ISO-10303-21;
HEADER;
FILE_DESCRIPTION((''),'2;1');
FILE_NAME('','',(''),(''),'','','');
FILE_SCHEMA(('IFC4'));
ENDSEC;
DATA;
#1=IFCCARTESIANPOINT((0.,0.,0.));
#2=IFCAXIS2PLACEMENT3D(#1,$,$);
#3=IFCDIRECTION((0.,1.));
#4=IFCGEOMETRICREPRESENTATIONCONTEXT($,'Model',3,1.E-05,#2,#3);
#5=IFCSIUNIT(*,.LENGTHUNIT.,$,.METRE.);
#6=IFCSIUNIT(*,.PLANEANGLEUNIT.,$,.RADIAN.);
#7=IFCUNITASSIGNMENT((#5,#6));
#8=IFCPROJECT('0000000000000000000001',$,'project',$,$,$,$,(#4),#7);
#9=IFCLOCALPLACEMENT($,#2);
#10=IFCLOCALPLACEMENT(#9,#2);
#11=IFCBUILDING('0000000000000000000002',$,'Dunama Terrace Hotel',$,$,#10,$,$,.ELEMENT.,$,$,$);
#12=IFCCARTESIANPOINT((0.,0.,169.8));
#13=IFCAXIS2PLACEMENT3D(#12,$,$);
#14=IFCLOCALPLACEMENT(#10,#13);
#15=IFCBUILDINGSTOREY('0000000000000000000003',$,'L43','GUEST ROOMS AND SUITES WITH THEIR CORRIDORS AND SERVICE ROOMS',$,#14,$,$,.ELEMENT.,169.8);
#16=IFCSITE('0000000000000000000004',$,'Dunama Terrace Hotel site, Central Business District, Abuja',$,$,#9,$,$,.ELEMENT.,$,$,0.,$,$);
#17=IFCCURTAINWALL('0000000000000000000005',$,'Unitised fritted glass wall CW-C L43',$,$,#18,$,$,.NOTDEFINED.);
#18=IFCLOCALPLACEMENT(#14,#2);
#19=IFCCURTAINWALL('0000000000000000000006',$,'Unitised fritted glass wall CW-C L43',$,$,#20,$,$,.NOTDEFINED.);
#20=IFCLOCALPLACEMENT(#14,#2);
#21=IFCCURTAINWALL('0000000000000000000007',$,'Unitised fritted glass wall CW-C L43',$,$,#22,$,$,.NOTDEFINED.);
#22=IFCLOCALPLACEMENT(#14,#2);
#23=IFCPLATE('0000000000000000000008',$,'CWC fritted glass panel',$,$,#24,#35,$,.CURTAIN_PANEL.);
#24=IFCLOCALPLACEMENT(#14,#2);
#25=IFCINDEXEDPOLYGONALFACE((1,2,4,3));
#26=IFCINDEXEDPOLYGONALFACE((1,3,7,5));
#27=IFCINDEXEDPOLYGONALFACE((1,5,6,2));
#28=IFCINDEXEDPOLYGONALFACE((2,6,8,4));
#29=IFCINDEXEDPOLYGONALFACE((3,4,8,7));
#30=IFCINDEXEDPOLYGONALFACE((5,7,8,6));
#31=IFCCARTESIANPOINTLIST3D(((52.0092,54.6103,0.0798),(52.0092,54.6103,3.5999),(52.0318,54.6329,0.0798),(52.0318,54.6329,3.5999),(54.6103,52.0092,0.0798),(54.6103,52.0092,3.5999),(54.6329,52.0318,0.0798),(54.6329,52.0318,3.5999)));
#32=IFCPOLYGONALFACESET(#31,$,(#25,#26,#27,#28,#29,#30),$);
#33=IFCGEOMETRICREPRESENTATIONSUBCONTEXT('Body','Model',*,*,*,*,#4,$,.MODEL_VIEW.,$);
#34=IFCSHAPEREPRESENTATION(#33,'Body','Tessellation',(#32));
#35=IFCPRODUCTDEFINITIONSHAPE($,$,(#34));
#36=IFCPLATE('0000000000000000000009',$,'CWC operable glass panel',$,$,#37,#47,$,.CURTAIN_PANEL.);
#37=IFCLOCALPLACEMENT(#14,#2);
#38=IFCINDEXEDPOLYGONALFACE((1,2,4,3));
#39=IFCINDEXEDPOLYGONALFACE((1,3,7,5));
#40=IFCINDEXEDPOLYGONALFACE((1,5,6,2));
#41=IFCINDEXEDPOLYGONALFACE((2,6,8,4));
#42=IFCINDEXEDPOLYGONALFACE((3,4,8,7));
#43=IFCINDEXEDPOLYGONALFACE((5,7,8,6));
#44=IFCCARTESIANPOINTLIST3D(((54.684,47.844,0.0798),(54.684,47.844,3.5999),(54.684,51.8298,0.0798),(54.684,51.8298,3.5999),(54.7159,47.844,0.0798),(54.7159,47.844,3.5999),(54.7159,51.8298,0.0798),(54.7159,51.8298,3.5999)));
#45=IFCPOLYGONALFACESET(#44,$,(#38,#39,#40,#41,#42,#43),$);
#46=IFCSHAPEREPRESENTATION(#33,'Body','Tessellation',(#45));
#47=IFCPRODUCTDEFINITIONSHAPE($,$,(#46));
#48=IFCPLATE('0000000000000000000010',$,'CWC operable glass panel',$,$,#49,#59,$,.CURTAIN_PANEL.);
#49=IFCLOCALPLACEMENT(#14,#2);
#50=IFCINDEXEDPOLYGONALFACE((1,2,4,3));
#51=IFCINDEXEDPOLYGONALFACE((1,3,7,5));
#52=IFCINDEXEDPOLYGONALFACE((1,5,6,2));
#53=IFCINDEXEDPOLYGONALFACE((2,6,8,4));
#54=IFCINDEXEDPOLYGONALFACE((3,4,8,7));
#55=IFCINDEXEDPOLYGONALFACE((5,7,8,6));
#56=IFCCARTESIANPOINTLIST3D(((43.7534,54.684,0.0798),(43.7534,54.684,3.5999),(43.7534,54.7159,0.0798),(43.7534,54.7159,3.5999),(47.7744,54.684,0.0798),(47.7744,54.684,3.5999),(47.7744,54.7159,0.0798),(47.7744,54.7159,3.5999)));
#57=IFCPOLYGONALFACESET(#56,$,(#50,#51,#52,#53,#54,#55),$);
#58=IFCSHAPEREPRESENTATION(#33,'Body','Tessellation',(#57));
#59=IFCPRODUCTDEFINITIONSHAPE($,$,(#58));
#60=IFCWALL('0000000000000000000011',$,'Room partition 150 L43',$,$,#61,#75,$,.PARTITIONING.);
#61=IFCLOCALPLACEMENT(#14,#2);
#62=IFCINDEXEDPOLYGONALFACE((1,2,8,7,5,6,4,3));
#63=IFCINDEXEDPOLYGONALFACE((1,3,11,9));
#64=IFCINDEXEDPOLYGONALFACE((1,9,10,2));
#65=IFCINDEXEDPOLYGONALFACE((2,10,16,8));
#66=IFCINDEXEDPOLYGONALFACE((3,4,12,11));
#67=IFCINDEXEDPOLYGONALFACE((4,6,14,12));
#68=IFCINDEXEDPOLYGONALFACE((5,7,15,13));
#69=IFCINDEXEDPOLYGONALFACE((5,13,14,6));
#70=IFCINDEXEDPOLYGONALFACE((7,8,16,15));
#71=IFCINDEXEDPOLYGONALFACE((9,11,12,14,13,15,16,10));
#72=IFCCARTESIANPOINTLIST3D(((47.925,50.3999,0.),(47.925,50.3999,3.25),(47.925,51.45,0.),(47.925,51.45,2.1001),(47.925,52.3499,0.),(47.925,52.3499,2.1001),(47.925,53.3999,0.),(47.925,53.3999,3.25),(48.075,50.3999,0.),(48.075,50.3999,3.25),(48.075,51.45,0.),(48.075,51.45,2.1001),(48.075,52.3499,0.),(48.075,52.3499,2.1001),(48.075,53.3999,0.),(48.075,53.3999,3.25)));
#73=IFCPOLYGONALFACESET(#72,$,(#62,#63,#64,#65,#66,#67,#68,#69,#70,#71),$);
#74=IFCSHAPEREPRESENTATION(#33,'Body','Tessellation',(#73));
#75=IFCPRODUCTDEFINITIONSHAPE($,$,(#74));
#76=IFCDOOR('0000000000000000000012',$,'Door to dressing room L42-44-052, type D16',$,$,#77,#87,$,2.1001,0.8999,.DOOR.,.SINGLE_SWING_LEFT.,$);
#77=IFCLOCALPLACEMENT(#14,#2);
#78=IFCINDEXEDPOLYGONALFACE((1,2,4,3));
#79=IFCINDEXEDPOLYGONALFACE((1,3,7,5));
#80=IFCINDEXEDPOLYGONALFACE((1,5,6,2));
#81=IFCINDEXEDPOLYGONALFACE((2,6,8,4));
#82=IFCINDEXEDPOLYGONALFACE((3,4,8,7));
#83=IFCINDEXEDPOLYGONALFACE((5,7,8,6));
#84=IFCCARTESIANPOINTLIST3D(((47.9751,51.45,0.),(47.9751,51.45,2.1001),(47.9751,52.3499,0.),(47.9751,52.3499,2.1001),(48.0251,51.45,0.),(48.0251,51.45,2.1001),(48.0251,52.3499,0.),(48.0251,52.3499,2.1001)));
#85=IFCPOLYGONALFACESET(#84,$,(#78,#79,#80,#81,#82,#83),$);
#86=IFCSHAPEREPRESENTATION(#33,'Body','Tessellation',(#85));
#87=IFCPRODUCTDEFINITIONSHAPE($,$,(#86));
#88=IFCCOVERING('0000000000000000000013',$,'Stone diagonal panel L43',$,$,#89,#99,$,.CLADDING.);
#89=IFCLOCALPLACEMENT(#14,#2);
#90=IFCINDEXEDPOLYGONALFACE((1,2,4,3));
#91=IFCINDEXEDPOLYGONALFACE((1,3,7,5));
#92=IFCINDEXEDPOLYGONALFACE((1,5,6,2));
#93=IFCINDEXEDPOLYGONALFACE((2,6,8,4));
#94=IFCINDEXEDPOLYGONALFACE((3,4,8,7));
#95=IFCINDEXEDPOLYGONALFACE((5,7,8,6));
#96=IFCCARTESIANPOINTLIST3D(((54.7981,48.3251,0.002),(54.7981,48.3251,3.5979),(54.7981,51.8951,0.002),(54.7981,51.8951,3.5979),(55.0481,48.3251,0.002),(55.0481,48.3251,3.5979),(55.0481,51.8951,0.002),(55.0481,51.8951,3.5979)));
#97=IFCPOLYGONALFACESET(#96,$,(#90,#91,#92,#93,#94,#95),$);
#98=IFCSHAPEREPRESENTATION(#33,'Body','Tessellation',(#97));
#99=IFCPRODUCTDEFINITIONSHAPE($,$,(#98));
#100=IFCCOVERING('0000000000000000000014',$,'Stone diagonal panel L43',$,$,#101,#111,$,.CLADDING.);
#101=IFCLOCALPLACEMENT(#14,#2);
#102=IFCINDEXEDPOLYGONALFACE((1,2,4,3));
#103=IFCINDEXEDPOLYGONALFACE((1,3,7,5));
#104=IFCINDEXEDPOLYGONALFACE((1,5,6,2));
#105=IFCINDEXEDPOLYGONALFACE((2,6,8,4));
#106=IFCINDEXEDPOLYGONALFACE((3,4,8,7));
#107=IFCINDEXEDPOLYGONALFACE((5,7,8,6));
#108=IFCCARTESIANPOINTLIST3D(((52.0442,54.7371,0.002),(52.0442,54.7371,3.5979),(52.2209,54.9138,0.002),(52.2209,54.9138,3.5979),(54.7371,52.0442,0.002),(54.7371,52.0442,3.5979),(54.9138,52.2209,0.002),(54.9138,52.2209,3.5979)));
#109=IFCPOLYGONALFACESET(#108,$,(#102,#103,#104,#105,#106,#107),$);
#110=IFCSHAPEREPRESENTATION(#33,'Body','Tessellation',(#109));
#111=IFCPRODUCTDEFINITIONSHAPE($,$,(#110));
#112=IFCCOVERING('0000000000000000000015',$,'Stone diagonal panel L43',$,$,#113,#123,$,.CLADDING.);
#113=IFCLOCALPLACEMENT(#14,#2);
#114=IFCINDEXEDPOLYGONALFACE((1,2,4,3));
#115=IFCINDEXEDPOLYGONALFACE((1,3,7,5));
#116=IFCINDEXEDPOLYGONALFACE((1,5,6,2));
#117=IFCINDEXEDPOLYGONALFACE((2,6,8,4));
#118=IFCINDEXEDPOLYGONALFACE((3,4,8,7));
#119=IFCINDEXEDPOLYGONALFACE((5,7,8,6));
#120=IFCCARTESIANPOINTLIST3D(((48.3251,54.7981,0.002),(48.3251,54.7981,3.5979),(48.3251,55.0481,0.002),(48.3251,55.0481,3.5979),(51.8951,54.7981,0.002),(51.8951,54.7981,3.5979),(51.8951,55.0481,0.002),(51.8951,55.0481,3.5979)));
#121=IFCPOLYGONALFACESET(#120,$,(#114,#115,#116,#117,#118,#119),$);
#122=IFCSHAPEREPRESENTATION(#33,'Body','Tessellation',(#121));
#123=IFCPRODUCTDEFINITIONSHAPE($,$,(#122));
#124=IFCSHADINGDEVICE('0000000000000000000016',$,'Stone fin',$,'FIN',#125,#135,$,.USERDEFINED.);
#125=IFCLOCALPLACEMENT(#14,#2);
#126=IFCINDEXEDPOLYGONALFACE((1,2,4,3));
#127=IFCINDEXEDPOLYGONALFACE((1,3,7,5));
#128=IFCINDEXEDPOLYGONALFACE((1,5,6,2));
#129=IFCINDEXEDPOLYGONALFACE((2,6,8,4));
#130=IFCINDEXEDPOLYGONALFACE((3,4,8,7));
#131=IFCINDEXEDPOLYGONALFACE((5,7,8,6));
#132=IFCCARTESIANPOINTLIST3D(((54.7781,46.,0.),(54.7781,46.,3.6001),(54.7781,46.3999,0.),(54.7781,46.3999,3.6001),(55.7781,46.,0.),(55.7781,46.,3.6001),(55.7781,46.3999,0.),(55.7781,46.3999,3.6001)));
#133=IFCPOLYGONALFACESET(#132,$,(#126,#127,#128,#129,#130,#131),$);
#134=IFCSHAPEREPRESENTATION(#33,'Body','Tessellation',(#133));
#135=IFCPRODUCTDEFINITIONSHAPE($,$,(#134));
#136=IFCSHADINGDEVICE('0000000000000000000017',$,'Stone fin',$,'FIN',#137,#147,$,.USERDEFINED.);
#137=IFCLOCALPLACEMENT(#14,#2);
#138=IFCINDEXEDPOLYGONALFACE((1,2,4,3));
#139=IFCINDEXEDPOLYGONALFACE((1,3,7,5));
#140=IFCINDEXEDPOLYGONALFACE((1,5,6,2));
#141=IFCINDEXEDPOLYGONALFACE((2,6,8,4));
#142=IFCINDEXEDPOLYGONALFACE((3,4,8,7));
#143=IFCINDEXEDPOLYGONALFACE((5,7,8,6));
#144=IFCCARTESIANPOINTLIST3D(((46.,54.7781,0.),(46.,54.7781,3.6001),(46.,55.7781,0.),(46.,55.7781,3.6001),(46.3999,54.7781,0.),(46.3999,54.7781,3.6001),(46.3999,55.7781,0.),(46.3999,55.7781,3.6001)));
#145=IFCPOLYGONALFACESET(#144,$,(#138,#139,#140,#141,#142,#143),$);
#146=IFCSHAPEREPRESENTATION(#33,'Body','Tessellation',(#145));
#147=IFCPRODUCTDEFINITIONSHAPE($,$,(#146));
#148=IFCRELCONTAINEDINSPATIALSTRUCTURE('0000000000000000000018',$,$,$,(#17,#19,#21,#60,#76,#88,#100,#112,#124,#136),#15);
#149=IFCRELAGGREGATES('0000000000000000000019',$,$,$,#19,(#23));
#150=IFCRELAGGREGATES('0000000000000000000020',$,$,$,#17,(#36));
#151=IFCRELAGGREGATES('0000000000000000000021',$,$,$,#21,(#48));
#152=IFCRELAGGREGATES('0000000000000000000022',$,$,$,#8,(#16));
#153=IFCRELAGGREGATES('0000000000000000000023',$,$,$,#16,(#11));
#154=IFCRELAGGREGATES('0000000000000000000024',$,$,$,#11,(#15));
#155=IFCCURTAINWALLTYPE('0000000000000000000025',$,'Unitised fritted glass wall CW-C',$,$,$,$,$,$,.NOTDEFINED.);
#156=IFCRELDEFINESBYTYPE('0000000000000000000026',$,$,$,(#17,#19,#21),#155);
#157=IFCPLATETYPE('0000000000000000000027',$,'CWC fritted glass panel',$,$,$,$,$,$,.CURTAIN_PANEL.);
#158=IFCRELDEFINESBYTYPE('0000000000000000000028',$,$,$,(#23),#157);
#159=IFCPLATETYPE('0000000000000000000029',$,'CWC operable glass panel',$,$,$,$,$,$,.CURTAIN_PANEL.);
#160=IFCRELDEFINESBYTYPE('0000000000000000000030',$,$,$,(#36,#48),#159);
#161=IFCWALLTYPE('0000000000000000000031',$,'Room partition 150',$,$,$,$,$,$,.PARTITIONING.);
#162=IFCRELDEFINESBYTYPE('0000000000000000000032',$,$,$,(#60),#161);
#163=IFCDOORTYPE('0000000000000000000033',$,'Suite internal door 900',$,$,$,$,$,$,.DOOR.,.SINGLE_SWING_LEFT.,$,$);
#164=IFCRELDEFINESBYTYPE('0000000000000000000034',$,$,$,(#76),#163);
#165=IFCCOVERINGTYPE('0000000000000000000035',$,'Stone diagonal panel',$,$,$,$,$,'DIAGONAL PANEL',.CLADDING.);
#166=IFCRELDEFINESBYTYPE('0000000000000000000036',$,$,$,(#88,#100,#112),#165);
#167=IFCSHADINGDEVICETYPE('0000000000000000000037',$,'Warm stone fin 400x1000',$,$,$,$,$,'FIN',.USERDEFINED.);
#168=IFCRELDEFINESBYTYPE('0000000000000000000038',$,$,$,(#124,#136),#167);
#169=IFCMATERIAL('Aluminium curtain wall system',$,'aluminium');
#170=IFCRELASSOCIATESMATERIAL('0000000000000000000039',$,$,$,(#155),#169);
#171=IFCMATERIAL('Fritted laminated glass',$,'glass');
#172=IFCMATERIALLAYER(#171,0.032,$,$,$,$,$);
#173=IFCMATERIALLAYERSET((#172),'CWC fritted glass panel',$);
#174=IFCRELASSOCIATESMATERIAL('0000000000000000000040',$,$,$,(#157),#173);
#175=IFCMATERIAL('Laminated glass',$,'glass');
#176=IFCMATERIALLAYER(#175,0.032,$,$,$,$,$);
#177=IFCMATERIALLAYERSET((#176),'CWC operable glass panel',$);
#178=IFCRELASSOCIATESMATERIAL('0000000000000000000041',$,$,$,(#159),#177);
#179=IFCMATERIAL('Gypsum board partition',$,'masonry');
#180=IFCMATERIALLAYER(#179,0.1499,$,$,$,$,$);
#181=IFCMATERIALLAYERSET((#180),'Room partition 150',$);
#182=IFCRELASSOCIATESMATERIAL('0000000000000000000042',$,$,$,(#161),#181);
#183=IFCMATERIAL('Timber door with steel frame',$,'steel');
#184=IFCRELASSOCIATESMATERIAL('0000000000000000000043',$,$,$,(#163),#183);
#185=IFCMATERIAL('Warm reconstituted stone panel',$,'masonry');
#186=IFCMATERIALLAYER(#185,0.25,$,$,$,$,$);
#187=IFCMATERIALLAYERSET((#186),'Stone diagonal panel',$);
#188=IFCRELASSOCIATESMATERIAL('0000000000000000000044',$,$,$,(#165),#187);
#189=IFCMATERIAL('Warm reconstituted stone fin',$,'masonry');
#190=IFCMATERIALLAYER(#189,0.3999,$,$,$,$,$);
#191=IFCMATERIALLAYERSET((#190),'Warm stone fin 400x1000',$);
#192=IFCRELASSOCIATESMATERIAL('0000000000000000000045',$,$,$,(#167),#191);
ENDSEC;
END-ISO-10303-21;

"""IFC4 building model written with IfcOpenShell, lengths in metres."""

from ifc_helpers import new_model, si_unit, direction, frame, frame_2d, origin, origin_2d, place, context, subcontext, project, spatial, rectangle, extrude, material, layer, layer_set, type_object, element, fill, aggregate, save


model = new_model("IFC4")

# Units and contexts
model_context = context("Model", 3, precision=1e-05, world=origin(), true_north=direction((0.0, 1.0)))
body_context = subcontext(model_context, "Body", "Model", "MODEL_VIEW")
ifc_project = project(units=[si_unit("LENGTHUNIT", "METRE"), si_unit("PLANEANGLEUNIT", "RADIAN")], contexts=[model_context])

# Site, building, storey
site_placement = place(None, origin())
site = spatial("IfcSite", under=ifc_project, at=site_placement, Name="Dunama Terrace Hotel site, Central Business District, Abuja", CompositionType="ELEMENT", RefElevation=0.0)
building_placement = place(site_placement, origin())
building = spatial("IfcBuilding", under=site, at=building_placement, Name="Dunama Terrace Hotel", CompositionType="ELEMENT")
storey_placement = place(building_placement, frame((0.0, 0.0, 169.8)))
storey = spatial("IfcBuildingStorey", under=building, at=storey_placement, Name="L43", Description="GUEST ROOMS AND SUITES WITH THEIR CORRIDORS AND SERVICE ROOMS", CompositionType="ELEMENT", Elevation=169.8)

# Curtain walls
ifc_material_1 = material(Name="Aluminium curtain wall system", Category="aluminium")
curtain_wall_type = type_object("IfcCurtainWallType", Name="Unitised fritted glass wall CW-C", PredefinedType="NOTDEFINED", material=ifc_material_1)
curtain_wall_1_placement = place(storey_placement, origin())
curtain_wall_1 = element("IfcCurtainWall", 1, at=curtain_wall_1_placement, inside=storey, type_object=curtain_wall_type, Name="Unitised fritted glass wall CW-C L43", PredefinedType="NOTDEFINED")
curtain_wall_2_placement = place(storey_placement, origin())
curtain_wall_2 = element("IfcCurtainWall", 2, at=curtain_wall_2_placement, inside=storey, type_object=curtain_wall_type, Name="Unitised fritted glass wall CW-C L43", PredefinedType="NOTDEFINED")
curtain_wall_3_placement = place(storey_placement, origin())
curtain_wall_3 = element("IfcCurtainWall", 3, at=curtain_wall_3_placement, inside=storey, type_object=curtain_wall_type, Name="Unitised fritted glass wall CW-C L43", PredefinedType="NOTDEFINED")

# Plates
ifc_material_2 = material(Name="Fritted laminated glass", Category="glass")
ifc_layer_1 = layer(ifc_material_2, 0.032)
ifc_layer_set_1 = layer_set([ifc_layer_1], Name="CWC fritted glass panel")
plate_type_1 = type_object("IfcPlateType", Name="CWC fritted glass panel", PredefinedType="CURTAIN_PANEL", material=ifc_layer_set_1)
plate_1_placement = place(storey_placement, frame((53.321, 53.321, 0.0798), z_axis=(0.0, 0.0, 1.0), x_axis=(-0.707107, 0.707107, 0.0)))
plate_1 = element("IfcPlate", 4, at=plate_1_placement, type_object=plate_type_1, Name="CWC fritted glass panel", PredefinedType="CURTAIN_PANEL", context=body_context, shape_type="SweptSolid", body=[
    extrude(rectangle(XDim=3.6785, YDim=0.032, at=origin_2d()), origin(), (0.0, 0.0, 1.0), 3.52),
])
aggregate(curtain_wall_2, [plate_1])
ifc_material_3 = material(Name="Laminated glass", Category="glass")
ifc_layer_2 = layer(ifc_material_3, 0.032)
ifc_layer_set_2 = layer_set([ifc_layer_2], Name="CWC operable glass panel")
plate_type_2 = type_object("IfcPlateType", Name="CWC operable glass panel", PredefinedType="CURTAIN_PANEL", material=ifc_layer_set_2)
plate_2_placement = place(storey_placement, frame((54.7, 49.8369, 0.0798), z_axis=(0.0, 0.0, 1.0), x_axis=(0.0, 1.0, 0.0)))
plate_2 = element("IfcPlate", 5, at=plate_2_placement, type_object=plate_type_2, Name="CWC operable glass panel", PredefinedType="CURTAIN_PANEL", context=body_context, shape_type="SweptSolid", body=[
    extrude(rectangle(XDim=3.9858, YDim=0.032, at=origin_2d()), origin(), (0.0, 0.0, 1.0), 3.52),
])
aggregate(curtain_wall_1, [plate_2])
plate_3_placement = place(storey_placement, frame((45.7639, 54.7, 0.0798), z_axis=(0.0, 0.0, 1.0), x_axis=(-1.0, 0.0, 0.0)))
plate_3 = element("IfcPlate", 6, at=plate_3_placement, type_object=plate_type_2, Name="CWC operable glass panel", PredefinedType="CURTAIN_PANEL", context=body_context, shape_type="SweptSolid", body=[
    extrude(rectangle(XDim=4.021, YDim=0.032, at=origin_2d()), origin(), (0.0, 0.0, 1.0), 3.52),
])
aggregate(curtain_wall_3, [plate_3])

# Wall, opening, door
ifc_material_4 = material(Name="Gypsum board partition", Category="masonry")
ifc_layer_3 = layer(ifc_material_4, 0.1499)
ifc_layer_set_3 = layer_set([ifc_layer_3], Name="Room partition 150")
wall_type = type_object("IfcWallType", Name="Room partition 150", PredefinedType="PARTITIONING", material=ifc_layer_set_3)
wall_placement = place(storey_placement, frame((48.0, 50.3999, 0.0), z_axis=(0.0, 0.0, 1.0), x_axis=(0.0, 1.0, 0.0)))
wall = element("IfcWall", 7, at=wall_placement, inside=storey, type_object=wall_type, Name="Room partition 150 L43", PredefinedType="PARTITIONING", context=body_context, shape_type="SweptSolid", body=[
    extrude(rectangle(XDim=3.0, YDim=0.1499, at=frame_2d((1.5, 0.0))), origin(), (0.0, 0.0, 1.0), 3.25),
])
opening_placement = place(wall_placement, frame((1.05, 0.0, 0.0)))
opening = element("IfcOpeningElement", 8, at=opening_placement, cuts=wall, PredefinedType="OPENING", context=body_context, shape_type="SweptSolid", body=[
    extrude(rectangle(XDim=0.8999, YDim=2.1001, at=frame_2d((0.45, 1.05))), frame((0.0, 0.085, 0.0), z_axis=(0.0, -1.0, 0.0), x_axis=(1.0, 0.0, 0.0)), (0.0, 0.0, 1.0), 0.1699),
])
ifc_material_5 = material(Name="Timber door with steel frame", Category="steel")
door_type = type_object("IfcDoorType", Name="Suite internal door 900", OperationType="SINGLE_SWING_LEFT", PredefinedType="DOOR", material=ifc_material_5)
door_placement = place(opening_placement, origin())
door = element("IfcDoor", 9, at=door_placement, inside=storey, type_object=door_type, Name="Door to dressing room L42-44-052, type D16", OperationType="SINGLE_SWING_LEFT", OverallHeight=2.1001, OverallWidth=0.8999, PredefinedType="DOOR", context=body_context, shape_type="SweptSolid", body=[
    extrude(rectangle(XDim=0.8999, YDim=2.1001, at=frame_2d((0.45, 1.05))), frame((0.0, 0.0249, 0.0), z_axis=(0.0, -1.0, 0.0), x_axis=(1.0, 0.0, 0.0)), (0.0, 0.0, 1.0), 0.05),
])
fill(opening, door)

# Coverings
ifc_material_6 = material(Name="Warm reconstituted stone panel", Category="masonry")
ifc_layer_4 = layer(ifc_material_6, 0.25)
ifc_layer_set_4 = layer_set([ifc_layer_4], Name="Stone diagonal panel")
covering_type = type_object("IfcCoveringType", Name="Stone diagonal panel", ElementType="DIAGONAL PANEL", PredefinedType="CLADDING", material=ifc_layer_set_4)
covering_1_placement = place(storey_placement, frame((54.9231, 50.1101, 0.002), z_axis=(0.0, 0.0, 1.0), x_axis=(0.0, 1.0, 0.0)))
element("IfcCovering", 10, at=covering_1_placement, inside=storey, type_object=covering_type, Name="Stone diagonal panel L43", PredefinedType="CLADDING", context=body_context, shape_type="SweptSolid", body=[
    extrude(rectangle(XDim=3.5701, YDim=0.25, at=origin_2d()), origin(), (0.0, 0.0, 1.0), 3.5959),
])
covering_2_placement = place(storey_placement, frame((53.479, 53.479, 0.002), z_axis=(0.0, 0.0, 1.0), x_axis=(-0.707107, 0.707107, 0.0)))
element("IfcCovering", 11, at=covering_2_placement, inside=storey, type_object=covering_type, Name="Stone diagonal panel L43", PredefinedType="CLADDING", context=body_context, shape_type="SweptSolid", body=[
    extrude(rectangle(XDim=3.8083, YDim=0.25, at=origin_2d()), origin(), (0.0, 0.0, 1.0), 3.5959),
])
covering_3_placement = place(storey_placement, frame((50.1101, 54.9231, 0.002), z_axis=(0.0, 0.0, 1.0), x_axis=(-1.0, 0.0, 0.0)))
element("IfcCovering", 12, at=covering_3_placement, inside=storey, type_object=covering_type, Name="Stone diagonal panel L43", PredefinedType="CLADDING", context=body_context, shape_type="SweptSolid", body=[
    extrude(rectangle(XDim=3.5701, YDim=0.25, at=origin_2d()), origin(), (0.0, 0.0, 1.0), 3.5959),
])

# Shading devices
ifc_material_7 = material(Name="Warm reconstituted stone fin", Category="masonry")
ifc_layer_5 = layer(ifc_material_7, 0.3999)
ifc_layer_set_5 = layer_set([ifc_layer_5], Name="Warm stone fin 400x1000")
shading_device_type = type_object("IfcShadingDeviceType", Name="Warm stone fin 400x1000", ElementType="FIN", PredefinedType="USERDEFINED", material=ifc_layer_set_5)
for number, where, z_axis, x_axis, name in (
    (13, (55.2781, 46.2, 0.0), (0.0, 0.0, 1.0), (0.0, 1.0, 0.0), "Stone fin"),
    (14, (46.2, 55.2781, 0.0), (0.0, 0.0, 1.0), (-1.0, 0.0, 0.0), "Stone fin"),
):
    element("IfcShadingDevice", number, at=place(storey_placement, frame(where, z_axis=z_axis, x_axis=x_axis)), inside=storey, type_object=shading_device_type, Name=name, ObjectType="FIN", PredefinedType="USERDEFINED", context=body_context, shape_type="SweptSolid", body=[
        extrude(rectangle(XDim=0.3999, YDim=1.0, at=origin_2d()), origin(), (0.0, 0.0, 1.0), 3.6001),
    ])

save(model, "model.ifc")
